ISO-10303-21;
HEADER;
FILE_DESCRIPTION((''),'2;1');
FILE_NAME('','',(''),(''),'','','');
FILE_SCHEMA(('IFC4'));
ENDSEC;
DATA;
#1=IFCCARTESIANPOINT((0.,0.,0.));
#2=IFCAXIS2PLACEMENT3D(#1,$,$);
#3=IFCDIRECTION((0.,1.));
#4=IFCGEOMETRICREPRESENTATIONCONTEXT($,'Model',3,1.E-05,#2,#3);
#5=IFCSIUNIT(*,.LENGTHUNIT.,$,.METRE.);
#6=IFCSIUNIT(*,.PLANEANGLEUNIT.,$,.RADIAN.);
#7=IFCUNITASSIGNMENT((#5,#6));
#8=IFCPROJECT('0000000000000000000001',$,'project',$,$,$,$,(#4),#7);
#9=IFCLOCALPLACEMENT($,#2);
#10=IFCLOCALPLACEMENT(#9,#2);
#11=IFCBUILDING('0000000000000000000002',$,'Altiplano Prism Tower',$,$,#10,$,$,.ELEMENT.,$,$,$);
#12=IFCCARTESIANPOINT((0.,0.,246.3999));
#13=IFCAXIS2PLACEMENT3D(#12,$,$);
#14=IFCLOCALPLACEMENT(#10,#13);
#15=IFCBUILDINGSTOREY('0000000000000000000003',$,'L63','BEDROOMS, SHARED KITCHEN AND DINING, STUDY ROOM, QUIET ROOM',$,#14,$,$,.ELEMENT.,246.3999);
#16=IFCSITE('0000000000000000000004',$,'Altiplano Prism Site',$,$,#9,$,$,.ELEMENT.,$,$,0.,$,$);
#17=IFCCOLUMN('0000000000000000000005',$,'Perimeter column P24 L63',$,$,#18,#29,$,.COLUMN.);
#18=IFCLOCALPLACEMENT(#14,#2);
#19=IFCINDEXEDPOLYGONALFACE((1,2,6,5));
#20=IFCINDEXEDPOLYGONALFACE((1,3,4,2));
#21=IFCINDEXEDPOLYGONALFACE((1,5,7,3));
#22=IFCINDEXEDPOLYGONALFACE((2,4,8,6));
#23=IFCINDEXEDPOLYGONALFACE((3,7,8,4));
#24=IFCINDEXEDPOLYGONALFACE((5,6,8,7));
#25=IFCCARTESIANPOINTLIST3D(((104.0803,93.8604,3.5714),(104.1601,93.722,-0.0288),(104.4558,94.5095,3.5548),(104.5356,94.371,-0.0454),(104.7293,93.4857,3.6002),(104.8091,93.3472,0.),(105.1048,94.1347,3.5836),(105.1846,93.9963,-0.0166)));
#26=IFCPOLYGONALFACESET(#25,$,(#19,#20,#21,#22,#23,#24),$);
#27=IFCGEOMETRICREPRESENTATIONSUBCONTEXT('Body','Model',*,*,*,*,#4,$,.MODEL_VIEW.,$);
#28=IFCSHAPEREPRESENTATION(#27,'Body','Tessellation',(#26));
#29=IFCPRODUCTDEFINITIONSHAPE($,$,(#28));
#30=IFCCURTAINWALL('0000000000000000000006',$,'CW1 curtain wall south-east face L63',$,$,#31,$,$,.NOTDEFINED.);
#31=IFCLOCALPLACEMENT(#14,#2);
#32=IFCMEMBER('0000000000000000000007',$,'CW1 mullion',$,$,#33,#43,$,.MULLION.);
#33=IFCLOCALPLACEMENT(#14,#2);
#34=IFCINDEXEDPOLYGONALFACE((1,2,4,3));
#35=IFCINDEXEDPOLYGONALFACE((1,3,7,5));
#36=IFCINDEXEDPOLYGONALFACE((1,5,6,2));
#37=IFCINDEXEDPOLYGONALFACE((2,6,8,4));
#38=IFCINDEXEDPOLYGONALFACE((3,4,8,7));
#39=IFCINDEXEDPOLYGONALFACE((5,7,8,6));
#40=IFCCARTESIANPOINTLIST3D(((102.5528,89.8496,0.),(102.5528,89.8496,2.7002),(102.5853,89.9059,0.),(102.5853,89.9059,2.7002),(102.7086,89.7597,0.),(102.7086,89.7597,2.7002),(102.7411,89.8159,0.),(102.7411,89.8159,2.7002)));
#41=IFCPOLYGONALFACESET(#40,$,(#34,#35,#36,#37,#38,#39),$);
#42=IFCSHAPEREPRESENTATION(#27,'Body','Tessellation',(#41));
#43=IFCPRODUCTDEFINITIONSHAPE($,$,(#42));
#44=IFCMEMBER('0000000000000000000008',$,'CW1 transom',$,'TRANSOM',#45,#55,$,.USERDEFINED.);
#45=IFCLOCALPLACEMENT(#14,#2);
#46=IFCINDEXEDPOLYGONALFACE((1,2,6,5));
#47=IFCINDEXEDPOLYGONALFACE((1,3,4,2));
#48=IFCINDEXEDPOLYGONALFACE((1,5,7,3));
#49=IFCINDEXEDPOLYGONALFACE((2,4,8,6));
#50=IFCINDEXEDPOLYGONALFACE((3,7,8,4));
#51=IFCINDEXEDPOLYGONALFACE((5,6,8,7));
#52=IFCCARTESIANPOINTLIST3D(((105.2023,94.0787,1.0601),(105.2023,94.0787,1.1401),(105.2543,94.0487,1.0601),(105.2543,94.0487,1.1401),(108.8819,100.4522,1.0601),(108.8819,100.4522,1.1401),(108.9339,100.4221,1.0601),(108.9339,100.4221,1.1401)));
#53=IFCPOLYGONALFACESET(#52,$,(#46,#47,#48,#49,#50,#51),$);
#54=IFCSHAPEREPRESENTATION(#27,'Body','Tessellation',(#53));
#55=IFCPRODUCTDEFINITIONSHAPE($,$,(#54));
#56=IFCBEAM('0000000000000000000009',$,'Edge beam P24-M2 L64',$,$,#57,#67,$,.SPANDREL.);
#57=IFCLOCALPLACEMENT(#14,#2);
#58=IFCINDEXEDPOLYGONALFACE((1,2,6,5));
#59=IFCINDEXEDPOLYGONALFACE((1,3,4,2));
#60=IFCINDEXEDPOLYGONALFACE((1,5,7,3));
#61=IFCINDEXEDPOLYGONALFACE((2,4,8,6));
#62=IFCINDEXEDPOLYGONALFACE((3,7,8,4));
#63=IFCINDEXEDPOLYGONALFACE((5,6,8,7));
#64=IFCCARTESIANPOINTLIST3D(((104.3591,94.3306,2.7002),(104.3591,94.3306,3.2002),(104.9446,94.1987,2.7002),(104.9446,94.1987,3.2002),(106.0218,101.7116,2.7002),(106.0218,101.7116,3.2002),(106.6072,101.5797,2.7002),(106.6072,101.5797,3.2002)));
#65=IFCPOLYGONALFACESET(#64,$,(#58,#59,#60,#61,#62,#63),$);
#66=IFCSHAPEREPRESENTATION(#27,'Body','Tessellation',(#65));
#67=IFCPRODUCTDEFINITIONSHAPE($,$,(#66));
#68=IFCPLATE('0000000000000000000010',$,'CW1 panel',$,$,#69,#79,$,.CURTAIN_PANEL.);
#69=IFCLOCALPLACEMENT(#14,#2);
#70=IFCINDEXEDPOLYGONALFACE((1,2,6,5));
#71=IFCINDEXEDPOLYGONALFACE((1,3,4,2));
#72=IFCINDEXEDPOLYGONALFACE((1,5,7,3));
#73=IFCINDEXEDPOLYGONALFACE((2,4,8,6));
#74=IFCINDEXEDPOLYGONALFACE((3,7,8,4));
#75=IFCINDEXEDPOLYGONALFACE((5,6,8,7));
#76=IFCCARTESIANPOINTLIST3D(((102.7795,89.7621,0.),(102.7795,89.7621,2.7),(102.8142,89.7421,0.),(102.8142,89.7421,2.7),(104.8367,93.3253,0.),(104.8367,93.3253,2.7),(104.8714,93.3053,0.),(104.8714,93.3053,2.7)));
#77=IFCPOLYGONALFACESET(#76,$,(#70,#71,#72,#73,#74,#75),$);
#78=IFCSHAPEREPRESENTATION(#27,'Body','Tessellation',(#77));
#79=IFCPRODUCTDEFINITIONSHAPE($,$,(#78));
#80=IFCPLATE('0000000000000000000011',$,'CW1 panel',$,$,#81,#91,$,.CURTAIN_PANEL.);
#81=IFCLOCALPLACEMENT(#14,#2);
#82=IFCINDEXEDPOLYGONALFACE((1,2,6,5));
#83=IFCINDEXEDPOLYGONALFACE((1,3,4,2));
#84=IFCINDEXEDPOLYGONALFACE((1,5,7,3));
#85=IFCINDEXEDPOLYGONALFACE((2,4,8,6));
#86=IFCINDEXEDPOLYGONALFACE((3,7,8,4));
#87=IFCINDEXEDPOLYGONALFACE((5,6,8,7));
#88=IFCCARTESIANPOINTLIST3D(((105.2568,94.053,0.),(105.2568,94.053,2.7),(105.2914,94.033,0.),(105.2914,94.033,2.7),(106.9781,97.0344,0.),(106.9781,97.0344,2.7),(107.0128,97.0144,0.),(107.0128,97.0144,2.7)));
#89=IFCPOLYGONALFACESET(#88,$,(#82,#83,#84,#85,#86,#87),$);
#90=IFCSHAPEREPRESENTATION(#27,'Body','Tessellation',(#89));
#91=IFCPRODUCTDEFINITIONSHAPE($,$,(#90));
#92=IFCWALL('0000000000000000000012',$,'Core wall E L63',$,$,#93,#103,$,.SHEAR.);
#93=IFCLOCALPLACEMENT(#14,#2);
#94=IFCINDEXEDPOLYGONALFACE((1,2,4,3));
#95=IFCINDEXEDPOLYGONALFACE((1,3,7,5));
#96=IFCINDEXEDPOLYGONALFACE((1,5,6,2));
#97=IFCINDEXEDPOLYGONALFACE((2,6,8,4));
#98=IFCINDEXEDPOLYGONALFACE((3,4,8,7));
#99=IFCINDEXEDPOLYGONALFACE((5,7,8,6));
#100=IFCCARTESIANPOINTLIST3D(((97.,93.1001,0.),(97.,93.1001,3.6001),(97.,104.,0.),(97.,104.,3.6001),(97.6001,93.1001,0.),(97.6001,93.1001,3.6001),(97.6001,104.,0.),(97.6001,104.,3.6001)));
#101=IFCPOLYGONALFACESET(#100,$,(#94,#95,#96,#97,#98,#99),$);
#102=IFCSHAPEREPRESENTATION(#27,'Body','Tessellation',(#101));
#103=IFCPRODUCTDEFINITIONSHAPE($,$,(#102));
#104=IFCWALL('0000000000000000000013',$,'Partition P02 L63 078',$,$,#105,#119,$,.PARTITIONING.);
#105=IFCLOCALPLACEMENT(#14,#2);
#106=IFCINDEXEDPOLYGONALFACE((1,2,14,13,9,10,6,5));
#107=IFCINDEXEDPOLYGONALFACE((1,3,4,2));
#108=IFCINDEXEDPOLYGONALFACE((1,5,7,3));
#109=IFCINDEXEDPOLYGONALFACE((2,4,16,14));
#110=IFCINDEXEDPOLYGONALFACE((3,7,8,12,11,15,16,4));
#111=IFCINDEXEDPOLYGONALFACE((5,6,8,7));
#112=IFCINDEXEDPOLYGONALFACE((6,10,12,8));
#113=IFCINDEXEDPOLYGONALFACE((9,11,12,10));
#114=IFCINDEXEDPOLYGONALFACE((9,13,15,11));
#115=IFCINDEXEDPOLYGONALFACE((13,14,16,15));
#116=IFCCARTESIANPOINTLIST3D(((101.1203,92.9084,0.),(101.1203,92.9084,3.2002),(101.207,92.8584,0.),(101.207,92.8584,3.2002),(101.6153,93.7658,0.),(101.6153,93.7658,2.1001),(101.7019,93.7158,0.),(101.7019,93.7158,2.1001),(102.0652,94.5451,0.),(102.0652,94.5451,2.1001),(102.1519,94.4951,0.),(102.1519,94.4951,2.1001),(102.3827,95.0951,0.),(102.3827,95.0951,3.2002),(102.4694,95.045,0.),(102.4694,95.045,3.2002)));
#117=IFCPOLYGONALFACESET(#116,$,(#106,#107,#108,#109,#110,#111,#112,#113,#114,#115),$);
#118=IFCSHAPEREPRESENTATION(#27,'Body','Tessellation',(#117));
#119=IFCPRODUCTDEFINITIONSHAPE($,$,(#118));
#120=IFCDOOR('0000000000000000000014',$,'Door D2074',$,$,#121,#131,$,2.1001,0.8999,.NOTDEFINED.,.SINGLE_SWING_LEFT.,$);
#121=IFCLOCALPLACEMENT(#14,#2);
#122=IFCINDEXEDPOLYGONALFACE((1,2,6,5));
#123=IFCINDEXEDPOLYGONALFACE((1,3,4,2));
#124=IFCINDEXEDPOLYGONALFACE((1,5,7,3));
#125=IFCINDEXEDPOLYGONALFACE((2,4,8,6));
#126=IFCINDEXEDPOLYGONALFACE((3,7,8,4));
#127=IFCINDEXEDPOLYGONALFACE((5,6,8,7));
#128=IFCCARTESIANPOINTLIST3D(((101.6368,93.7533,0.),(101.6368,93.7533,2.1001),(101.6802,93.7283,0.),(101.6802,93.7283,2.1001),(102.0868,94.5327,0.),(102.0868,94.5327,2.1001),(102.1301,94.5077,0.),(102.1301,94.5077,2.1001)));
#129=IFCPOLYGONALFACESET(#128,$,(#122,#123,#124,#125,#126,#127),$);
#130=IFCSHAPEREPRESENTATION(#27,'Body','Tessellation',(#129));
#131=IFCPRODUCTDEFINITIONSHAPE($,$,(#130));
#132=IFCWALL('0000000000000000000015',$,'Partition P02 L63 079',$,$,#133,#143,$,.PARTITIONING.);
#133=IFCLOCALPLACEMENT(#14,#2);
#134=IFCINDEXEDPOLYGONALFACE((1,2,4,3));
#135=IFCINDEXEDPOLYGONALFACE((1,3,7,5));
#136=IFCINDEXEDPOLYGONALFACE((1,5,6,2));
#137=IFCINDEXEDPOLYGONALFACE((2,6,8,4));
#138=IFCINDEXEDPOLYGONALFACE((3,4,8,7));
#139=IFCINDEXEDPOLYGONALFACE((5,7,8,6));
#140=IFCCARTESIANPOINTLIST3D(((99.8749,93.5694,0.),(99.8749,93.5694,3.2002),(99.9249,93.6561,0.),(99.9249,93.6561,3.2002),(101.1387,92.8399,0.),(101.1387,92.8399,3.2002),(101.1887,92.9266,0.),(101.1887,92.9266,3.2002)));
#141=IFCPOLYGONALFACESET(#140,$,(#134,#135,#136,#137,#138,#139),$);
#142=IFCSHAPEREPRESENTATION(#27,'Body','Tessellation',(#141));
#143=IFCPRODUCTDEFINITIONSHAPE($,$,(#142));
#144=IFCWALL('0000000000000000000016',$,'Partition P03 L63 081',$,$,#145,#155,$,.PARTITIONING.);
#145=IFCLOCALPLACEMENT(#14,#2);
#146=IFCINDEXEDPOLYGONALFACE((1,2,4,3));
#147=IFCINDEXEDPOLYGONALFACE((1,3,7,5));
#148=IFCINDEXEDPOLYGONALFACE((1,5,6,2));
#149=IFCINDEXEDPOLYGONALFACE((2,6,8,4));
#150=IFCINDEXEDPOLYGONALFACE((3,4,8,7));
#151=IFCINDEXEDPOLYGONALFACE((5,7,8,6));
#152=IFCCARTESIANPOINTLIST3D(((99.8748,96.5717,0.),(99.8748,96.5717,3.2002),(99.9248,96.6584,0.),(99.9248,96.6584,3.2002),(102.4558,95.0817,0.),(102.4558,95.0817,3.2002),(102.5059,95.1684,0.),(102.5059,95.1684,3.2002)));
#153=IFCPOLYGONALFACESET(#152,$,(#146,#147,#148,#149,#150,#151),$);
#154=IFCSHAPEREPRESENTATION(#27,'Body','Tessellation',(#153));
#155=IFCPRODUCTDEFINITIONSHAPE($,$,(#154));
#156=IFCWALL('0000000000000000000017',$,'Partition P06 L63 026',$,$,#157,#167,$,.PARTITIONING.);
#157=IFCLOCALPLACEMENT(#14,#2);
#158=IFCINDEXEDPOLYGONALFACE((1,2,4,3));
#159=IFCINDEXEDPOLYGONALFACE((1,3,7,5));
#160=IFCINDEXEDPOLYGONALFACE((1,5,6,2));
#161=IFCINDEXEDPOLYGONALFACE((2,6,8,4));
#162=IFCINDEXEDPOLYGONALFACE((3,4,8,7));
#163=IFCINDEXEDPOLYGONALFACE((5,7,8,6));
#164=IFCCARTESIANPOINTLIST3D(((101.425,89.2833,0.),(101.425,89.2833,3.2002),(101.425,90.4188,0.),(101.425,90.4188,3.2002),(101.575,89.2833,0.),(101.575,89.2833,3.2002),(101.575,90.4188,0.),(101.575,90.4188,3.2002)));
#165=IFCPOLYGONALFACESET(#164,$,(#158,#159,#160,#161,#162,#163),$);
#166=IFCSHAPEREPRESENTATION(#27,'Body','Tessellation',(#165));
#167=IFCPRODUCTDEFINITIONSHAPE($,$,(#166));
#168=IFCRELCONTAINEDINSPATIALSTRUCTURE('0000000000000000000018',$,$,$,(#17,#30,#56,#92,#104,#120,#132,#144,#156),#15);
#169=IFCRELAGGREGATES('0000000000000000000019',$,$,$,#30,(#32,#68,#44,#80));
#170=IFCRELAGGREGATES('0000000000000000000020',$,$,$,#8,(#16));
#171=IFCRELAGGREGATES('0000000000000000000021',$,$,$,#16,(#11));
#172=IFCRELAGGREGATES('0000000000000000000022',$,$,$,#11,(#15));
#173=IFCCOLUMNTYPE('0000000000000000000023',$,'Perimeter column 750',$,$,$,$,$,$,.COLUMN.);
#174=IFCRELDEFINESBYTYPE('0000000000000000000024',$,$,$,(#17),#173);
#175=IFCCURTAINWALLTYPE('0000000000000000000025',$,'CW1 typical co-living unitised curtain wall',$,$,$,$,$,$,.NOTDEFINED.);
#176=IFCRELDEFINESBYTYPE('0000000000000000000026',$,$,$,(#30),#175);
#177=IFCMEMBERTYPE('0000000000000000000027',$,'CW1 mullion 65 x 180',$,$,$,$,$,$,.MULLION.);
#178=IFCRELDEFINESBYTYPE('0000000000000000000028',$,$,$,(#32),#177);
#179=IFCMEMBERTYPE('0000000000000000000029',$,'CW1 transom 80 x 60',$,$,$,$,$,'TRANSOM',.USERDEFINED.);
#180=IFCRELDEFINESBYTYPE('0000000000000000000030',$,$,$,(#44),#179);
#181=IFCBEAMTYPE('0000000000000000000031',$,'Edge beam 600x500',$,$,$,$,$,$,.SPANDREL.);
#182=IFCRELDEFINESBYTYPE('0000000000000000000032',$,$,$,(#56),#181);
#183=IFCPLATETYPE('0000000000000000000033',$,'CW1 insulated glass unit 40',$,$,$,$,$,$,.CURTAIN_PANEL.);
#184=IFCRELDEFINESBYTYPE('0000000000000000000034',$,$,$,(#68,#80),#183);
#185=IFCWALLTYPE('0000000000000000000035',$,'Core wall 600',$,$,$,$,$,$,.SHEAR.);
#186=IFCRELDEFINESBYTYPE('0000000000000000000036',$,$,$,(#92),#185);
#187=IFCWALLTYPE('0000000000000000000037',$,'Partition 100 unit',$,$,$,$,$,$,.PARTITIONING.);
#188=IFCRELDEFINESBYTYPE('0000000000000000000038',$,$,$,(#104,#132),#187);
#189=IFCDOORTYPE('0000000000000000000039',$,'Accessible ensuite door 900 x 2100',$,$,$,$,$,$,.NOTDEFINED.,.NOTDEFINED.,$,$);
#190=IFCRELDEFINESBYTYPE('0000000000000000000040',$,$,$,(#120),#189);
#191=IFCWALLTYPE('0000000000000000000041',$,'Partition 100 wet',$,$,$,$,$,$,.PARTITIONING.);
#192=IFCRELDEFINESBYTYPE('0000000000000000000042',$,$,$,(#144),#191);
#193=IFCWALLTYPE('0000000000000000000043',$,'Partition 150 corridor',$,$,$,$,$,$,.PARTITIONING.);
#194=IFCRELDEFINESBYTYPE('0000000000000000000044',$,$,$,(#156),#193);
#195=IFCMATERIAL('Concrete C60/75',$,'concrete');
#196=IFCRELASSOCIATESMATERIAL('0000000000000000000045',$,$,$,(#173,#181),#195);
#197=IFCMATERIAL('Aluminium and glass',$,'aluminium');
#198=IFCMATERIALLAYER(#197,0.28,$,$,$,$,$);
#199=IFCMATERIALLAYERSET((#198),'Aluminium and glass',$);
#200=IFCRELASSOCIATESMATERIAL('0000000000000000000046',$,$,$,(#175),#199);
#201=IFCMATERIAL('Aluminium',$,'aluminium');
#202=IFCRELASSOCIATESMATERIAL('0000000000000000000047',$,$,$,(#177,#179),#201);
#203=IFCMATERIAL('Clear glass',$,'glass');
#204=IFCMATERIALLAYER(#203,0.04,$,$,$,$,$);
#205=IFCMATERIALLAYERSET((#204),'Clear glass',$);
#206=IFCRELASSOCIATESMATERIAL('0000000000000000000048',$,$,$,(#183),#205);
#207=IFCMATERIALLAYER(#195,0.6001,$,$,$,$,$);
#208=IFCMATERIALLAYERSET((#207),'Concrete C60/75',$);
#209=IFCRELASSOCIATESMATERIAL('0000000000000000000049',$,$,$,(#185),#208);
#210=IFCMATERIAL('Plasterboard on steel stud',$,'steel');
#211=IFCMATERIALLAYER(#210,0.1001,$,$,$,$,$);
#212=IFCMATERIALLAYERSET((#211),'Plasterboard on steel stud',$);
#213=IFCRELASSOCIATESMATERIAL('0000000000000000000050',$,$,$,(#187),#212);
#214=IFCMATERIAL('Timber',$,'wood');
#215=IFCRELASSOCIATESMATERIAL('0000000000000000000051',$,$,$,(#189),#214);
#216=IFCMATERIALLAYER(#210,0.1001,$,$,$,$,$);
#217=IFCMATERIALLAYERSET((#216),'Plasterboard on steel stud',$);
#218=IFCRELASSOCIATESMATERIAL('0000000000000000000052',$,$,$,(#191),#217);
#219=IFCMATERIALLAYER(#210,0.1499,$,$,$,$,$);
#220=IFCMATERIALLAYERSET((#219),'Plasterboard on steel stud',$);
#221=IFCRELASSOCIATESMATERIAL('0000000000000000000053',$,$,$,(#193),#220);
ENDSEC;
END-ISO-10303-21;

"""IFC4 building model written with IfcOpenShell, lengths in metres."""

from ifc_helpers import new_model, si_unit, direction, frame, frame_2d, origin, origin_2d, place, context, subcontext, project, spatial, rectangle, extrude, material, layer, layer_set, material_profile, profile_set, type_object, element, fill, aggregate, save


model = new_model("IFC4")

# Units and contexts
model_context = context("Model", 3, precision=1e-05, world=origin(), true_north=direction((0.0, 1.0)))
body_context = subcontext(model_context, "Body", "Model", "MODEL_VIEW")
ifc_project = project(units=[si_unit("LENGTHUNIT", "METRE"), si_unit("PLANEANGLEUNIT", "RADIAN")], contexts=[model_context])

# Site, building, storey
site_placement = place(None, origin())
site = spatial("IfcSite", under=ifc_project, at=site_placement, Name="Altiplano Prism Site", CompositionType="ELEMENT", RefElevation=0.0)
building_placement = place(site_placement, origin())
building = spatial("IfcBuilding", under=site, at=building_placement, Name="Altiplano Prism Tower", CompositionType="ELEMENT")
storey_placement = place(building_placement, frame((0.0, 0.0, 246.3999)))
storey = spatial("IfcBuildingStorey", under=building, at=storey_placement, Name="L63", Description="BEDROOMS, SHARED KITCHEN AND DINING, STUDY ROOM, QUIET ROOM", CompositionType="ELEMENT", Elevation=246.3999)

# Column
ifc_material_1 = material(Name="Concrete C60/75", Category="concrete")
ifc_material_profile_1 = material_profile(ifc_material_1, rectangle(XDim=0.75, YDim=0.75, at=origin_2d()), Name="Perimeter column 750")
ifc_profile_set_1 = profile_set([ifc_material_profile_1], Name="Concrete C60/75")
column_type = type_object("IfcColumnType", Name="Perimeter column 750", PredefinedType="COLUMN", material=ifc_profile_set_1)
column_placement = place(storey_placement, frame((104.6724, 93.8591, -0.0227), z_axis=(-0.022154, 0.038413, 0.999016), x_axis=(-0.500655, -0.865363, 0.022172)))
element("IfcColumn", 1, at=column_placement, inside=storey, type_object=column_type, Name="Perimeter column P24 L63", PredefinedType="COLUMN", context=body_context, shape_type="SweptSolid", body=[
    extrude(rectangle(XDim=0.75, YDim=0.75, at=origin_2d()), origin(), (0.0, 0.0, 1.0), 3.6038),
])

# Curtain wall, members
ifc_material_2 = material(Name="Aluminium and glass", Category="aluminium")
ifc_layer_1 = layer(ifc_material_2, 0.28)
ifc_layer_set_1 = layer_set([ifc_layer_1], Name="Aluminium and glass")
curtain_wall_type = type_object("IfcCurtainWallType", Name="CW1 typical co-living unitised curtain wall", PredefinedType="NOTDEFINED", material=ifc_layer_set_1)
curtain_wall_placement = place(storey_placement, origin())
curtain_wall = element("IfcCurtainWall", 2, at=curtain_wall_placement, inside=storey, type_object=curtain_wall_type, Name="CW1 curtain wall south-east face L63", PredefinedType="NOTDEFINED")
ifc_material_3 = material(Name="Aluminium", Category="aluminium")
ifc_material_profile_2 = material_profile(ifc_material_3, rectangle(XDim=0.1799, YDim=0.0649, at=origin_2d()), Name="CW1 mullion 65 x 180")
ifc_profile_set_2 = profile_set([ifc_material_profile_2], Name="Aluminium")
member_type_1 = type_object("IfcMemberType", Name="CW1 mullion 65 x 180", PredefinedType="MULLION", material=ifc_profile_set_2)
member_1_placement = place(storey_placement, frame((102.647, 89.8328, 0.0), z_axis=(0.0, 0.0, 1.0), x_axis=(-0.866025, 0.5, 0.0)))
member_1 = element("IfcMember", 3, at=member_1_placement, type_object=member_type_1, Name="CW1 mullion", PredefinedType="MULLION", context=body_context, shape_type="SweptSolid", body=[
    extrude(rectangle(XDim=0.1799, YDim=0.0649, at=origin_2d()), origin(), (0.0, 0.0, 1.0), 2.7002),
])
ifc_material_profile_3 = material_profile(ifc_material_3, rectangle(XDim=0.0601, YDim=0.0801, at=origin_2d()), Name="CW1 transom 80 x 60")
ifc_profile_set_3 = profile_set([ifc_material_profile_3], Name="Aluminium")
member_type_2 = type_object("IfcMemberType", Name="CW1 transom 80 x 60", ElementType="TRANSOM", PredefinedType="USERDEFINED", material=ifc_profile_set_3)
member_2_placement = place(storey_placement, frame((105.2283, 94.0637, 1.1001), z_axis=(0.499992, 0.86603, 0.0), x_axis=(-0.86603, 0.499992, 0.0)))
member_2 = element("IfcMember", 4, at=member_2_placement, type_object=member_type_2, Name="CW1 transom", ObjectType="TRANSOM", PredefinedType="USERDEFINED", context=body_context, shape_type="SweptSolid", body=[
    extrude(rectangle(XDim=0.0601, YDim=0.0801, at=origin_2d()), origin(), (0.0, 0.0, 1.0), 7.3594),
])

# Beam
ifc_material_profile_4 = material_profile(ifc_material_1, rectangle(XDim=0.6001, YDim=0.5, at=origin_2d()), Name="Edge beam 600x500")
ifc_profile_set_4 = profile_set([ifc_material_profile_4], Name="Concrete C60/75")
beam_type = type_object("IfcBeamType", Name="Edge beam 600x500", PredefinedType="SPANDREL", material=ifc_profile_set_4)
beam_placement = place(storey_placement, frame((104.6519, 94.2646, 2.9502), z_axis=(0.219752, 0.975556, 0.0), x_axis=(-0.975556, 0.219752, 0.0)))
element("IfcBeam", 5, at=beam_placement, inside=storey, type_object=beam_type, Name="Edge beam P24-M2 L64", PredefinedType="SPANDREL", context=body_context, shape_type="SweptSolid", body=[
    extrude(rectangle(XDim=0.6001, YDim=0.5, at=origin_2d()), origin(), (0.0, 0.0, 1.0), 7.5659),
])

# Plates
ifc_material_4 = material(Name="Clear glass", Category="glass")
ifc_layer_2 = layer(ifc_material_4, 0.04)
ifc_layer_set_2 = layer_set([ifc_layer_2], Name="Clear glass")
plate_type = type_object("IfcPlateType", Name="CW1 insulated glass unit 40", PredefinedType="CURTAIN_PANEL", material=ifc_layer_set_2)
plate_1_placement = place(storey_placement, frame((103.8254, 91.5337, 0.0), z_axis=(0.0, 0.0, 1.0), x_axis=(0.5, 0.866025, 0.0)))
plate_1 = element("IfcPlate", 6, at=plate_1_placement, type_object=plate_type, Name="CW1 panel", PredefinedType="CURTAIN_PANEL", context=body_context, shape_type="SweptSolid", body=[
    extrude(rectangle(XDim=4.1145, YDim=0.04, at=origin_2d()), origin(), (0.0, 0.0, 1.0), 2.7),
])
plate_2_placement = place(storey_placement, frame((106.1348, 95.5337, 0.0), z_axis=(0.0, 0.0, 1.0), x_axis=(0.5, 0.866025, 0.0)))
plate_2 = element("IfcPlate", 7, at=plate_2_placement, type_object=plate_type, Name="CW1 panel", PredefinedType="CURTAIN_PANEL", context=body_context, shape_type="SweptSolid", body=[
    extrude(rectangle(XDim=3.4426, YDim=0.04, at=origin_2d()), origin(), (0.0, 0.0, 1.0), 2.7),
])
aggregate(curtain_wall, [member_1, plate_1, member_2, plate_2])

# Wall
ifc_layer_3 = layer(ifc_material_1, 0.6001)
ifc_layer_set_3 = layer_set([ifc_layer_3], Name="Concrete C60/75")
wall_type_1 = type_object("IfcWallType", Name="Core wall 600", PredefinedType="SHEAR", material=ifc_layer_set_3)
wall_1_placement = place(storey_placement, frame((97.3, 93.1001, 0.0), z_axis=(0.0, 0.0, 1.0), x_axis=(0.0, 1.0, 0.0)))
element("IfcWall", 8, at=wall_1_placement, inside=storey, type_object=wall_type_1, Name="Core wall E L63", PredefinedType="SHEAR", context=body_context, shape_type="SweptSolid", body=[
    extrude(rectangle(XDim=10.8999, YDim=0.6001, at=frame_2d((5.45, 0.0))), origin(), (0.0, 0.0, 1.0), 3.6001),
])

# Wall, opening, door
ifc_material_5 = material(Name="Plasterboard on steel stud", Category="steel")
ifc_layer_4 = layer(ifc_material_5, 0.1001)
ifc_layer_set_4 = layer_set([ifc_layer_4], Name="Plasterboard on steel stud")
wall_type_2 = type_object("IfcWallType", Name="Partition 100 unit", PredefinedType="PARTITIONING", material=ifc_layer_set_4)
wall_2_placement = place(storey_placement, frame((102.426, 95.0701, 0.0), z_axis=(0.0, 0.0, 1.0), x_axis=(-0.499976, -0.866039, 0.0)))
wall_2 = element("IfcWall", 9, at=wall_2_placement, inside=storey, type_object=wall_type_2, Name="Partition P02 L63 078", PredefinedType="PARTITIONING", context=body_context, shape_type="SweptSolid", body=[
    extrude(rectangle(XDim=2.5249, YDim=0.1001, at=frame_2d((1.2625, 0.0))), origin(), (0.0, 0.0, 1.0), 3.2002),
])
opening_1_placement = place(wall_2_placement, frame((0.635, 0.0, 0.0)))
opening_1 = element("IfcOpeningElement", 10, at=opening_1_placement, cuts=wall_2, PredefinedType="OPENING", context=body_context, shape_type="SweptSolid", body=[
    extrude(rectangle(XDim=0.8999, YDim=2.1001, at=frame_2d((0.45, 1.05))), frame((0.0, 0.0605, 0.0), z_axis=(0.0, -1.0, 0.0), x_axis=(1.0, 0.0, 0.0)), (0.0, 0.0, 1.0), 0.1211),
])
ifc_material_6 = material(Name="Timber", Category="wood")
door_type_1 = type_object("IfcDoorType", Name="Accessible ensuite door 900 x 2100", OperationType="NOTDEFINED", PredefinedType="NOTDEFINED", material=ifc_material_6)
door_1_placement = place(opening_1_placement, origin())
door_1 = element("IfcDoor", 11, at=door_1_placement, inside=storey, type_object=door_type_1, Name="Door D2074", OperationType="SINGLE_SWING_LEFT", OverallHeight=2.1001, OverallWidth=0.8999, PredefinedType="NOTDEFINED", context=body_context, shape_type="SweptSolid", body=[
    extrude(rectangle(XDim=0.8999, YDim=2.1001, at=frame_2d((0.45, 1.05))), frame((0.0, 0.0249, 0.0), z_axis=(0.0, -1.0, 0.0), x_axis=(1.0, 0.0, 0.0)), (0.0, 0.0, 1.0), 0.05),
])
fill(opening_1, door_1)

# Walls
wall_3_placement = place(storey_placement, frame((101.1636, 92.8833, 0.0), z_axis=(0.0, 0.0, 1.0), x_axis=(-0.866052, 0.499954, 0.0)))
element("IfcWall", 12, at=wall_3_placement, inside=storey, type_object=wall_type_2, Name="Partition P02 L63 079", PredefinedType="PARTITIONING", context=body_context, shape_type="SweptSolid", body=[
    extrude(rectangle(XDim=1.4592, YDim=0.1001, at=frame_2d((0.7295, 0.0))), origin(), (0.0, 0.0, 1.0), 3.2002),
])
ifc_layer_5 = layer(ifc_material_5, 0.1001)
ifc_layer_set_5 = layer_set([ifc_layer_5], Name="Plasterboard on steel stud")
wall_type_3 = type_object("IfcWallType", Name="Partition 100 wet", PredefinedType="PARTITIONING", material=ifc_layer_set_5)
wall_4_placement = place(storey_placement, frame((102.481, 95.125, 0.0), z_axis=(0.0, 0.0, 1.0), x_axis=(-0.866052, 0.499954, 0.0)))
element("IfcWall", 13, at=wall_4_placement, inside=storey, type_object=wall_type_3, Name="Partition P03 L63 081", PredefinedType="PARTITIONING", context=body_context, shape_type="SweptSolid", body=[
    extrude(rectangle(XDim=2.9802, YDim=0.1001, at=frame_2d((1.4902, 0.0))), origin(), (0.0, 0.0, 1.0), 3.2002),
])
ifc_layer_6 = layer(ifc_material_5, 0.1499)
ifc_layer_set_6 = layer_set([ifc_layer_6], Name="Plasterboard on steel stud")
wall_type_4 = type_object("IfcWallType", Name="Partition 150 corridor", PredefinedType="PARTITIONING", material=ifc_layer_set_6)
wall_5_placement = place(storey_placement, frame((101.5, 89.2832, 0.0), z_axis=(0.0, 0.0, 1.0), x_axis=(0.0, 1.0, 0.0)))
element("IfcWall", 14, at=wall_5_placement, inside=storey, type_object=wall_type_4, Name="Partition P06 L63 026", PredefinedType="PARTITIONING", context=body_context, shape_type="SweptSolid", body=[
    extrude(rectangle(XDim=1.1355, YDim=0.1499, at=frame_2d((0.5679, 0.0))), origin(), (0.0, 0.0, 1.0), 3.2002),
])

save(model, "model.ifc")
